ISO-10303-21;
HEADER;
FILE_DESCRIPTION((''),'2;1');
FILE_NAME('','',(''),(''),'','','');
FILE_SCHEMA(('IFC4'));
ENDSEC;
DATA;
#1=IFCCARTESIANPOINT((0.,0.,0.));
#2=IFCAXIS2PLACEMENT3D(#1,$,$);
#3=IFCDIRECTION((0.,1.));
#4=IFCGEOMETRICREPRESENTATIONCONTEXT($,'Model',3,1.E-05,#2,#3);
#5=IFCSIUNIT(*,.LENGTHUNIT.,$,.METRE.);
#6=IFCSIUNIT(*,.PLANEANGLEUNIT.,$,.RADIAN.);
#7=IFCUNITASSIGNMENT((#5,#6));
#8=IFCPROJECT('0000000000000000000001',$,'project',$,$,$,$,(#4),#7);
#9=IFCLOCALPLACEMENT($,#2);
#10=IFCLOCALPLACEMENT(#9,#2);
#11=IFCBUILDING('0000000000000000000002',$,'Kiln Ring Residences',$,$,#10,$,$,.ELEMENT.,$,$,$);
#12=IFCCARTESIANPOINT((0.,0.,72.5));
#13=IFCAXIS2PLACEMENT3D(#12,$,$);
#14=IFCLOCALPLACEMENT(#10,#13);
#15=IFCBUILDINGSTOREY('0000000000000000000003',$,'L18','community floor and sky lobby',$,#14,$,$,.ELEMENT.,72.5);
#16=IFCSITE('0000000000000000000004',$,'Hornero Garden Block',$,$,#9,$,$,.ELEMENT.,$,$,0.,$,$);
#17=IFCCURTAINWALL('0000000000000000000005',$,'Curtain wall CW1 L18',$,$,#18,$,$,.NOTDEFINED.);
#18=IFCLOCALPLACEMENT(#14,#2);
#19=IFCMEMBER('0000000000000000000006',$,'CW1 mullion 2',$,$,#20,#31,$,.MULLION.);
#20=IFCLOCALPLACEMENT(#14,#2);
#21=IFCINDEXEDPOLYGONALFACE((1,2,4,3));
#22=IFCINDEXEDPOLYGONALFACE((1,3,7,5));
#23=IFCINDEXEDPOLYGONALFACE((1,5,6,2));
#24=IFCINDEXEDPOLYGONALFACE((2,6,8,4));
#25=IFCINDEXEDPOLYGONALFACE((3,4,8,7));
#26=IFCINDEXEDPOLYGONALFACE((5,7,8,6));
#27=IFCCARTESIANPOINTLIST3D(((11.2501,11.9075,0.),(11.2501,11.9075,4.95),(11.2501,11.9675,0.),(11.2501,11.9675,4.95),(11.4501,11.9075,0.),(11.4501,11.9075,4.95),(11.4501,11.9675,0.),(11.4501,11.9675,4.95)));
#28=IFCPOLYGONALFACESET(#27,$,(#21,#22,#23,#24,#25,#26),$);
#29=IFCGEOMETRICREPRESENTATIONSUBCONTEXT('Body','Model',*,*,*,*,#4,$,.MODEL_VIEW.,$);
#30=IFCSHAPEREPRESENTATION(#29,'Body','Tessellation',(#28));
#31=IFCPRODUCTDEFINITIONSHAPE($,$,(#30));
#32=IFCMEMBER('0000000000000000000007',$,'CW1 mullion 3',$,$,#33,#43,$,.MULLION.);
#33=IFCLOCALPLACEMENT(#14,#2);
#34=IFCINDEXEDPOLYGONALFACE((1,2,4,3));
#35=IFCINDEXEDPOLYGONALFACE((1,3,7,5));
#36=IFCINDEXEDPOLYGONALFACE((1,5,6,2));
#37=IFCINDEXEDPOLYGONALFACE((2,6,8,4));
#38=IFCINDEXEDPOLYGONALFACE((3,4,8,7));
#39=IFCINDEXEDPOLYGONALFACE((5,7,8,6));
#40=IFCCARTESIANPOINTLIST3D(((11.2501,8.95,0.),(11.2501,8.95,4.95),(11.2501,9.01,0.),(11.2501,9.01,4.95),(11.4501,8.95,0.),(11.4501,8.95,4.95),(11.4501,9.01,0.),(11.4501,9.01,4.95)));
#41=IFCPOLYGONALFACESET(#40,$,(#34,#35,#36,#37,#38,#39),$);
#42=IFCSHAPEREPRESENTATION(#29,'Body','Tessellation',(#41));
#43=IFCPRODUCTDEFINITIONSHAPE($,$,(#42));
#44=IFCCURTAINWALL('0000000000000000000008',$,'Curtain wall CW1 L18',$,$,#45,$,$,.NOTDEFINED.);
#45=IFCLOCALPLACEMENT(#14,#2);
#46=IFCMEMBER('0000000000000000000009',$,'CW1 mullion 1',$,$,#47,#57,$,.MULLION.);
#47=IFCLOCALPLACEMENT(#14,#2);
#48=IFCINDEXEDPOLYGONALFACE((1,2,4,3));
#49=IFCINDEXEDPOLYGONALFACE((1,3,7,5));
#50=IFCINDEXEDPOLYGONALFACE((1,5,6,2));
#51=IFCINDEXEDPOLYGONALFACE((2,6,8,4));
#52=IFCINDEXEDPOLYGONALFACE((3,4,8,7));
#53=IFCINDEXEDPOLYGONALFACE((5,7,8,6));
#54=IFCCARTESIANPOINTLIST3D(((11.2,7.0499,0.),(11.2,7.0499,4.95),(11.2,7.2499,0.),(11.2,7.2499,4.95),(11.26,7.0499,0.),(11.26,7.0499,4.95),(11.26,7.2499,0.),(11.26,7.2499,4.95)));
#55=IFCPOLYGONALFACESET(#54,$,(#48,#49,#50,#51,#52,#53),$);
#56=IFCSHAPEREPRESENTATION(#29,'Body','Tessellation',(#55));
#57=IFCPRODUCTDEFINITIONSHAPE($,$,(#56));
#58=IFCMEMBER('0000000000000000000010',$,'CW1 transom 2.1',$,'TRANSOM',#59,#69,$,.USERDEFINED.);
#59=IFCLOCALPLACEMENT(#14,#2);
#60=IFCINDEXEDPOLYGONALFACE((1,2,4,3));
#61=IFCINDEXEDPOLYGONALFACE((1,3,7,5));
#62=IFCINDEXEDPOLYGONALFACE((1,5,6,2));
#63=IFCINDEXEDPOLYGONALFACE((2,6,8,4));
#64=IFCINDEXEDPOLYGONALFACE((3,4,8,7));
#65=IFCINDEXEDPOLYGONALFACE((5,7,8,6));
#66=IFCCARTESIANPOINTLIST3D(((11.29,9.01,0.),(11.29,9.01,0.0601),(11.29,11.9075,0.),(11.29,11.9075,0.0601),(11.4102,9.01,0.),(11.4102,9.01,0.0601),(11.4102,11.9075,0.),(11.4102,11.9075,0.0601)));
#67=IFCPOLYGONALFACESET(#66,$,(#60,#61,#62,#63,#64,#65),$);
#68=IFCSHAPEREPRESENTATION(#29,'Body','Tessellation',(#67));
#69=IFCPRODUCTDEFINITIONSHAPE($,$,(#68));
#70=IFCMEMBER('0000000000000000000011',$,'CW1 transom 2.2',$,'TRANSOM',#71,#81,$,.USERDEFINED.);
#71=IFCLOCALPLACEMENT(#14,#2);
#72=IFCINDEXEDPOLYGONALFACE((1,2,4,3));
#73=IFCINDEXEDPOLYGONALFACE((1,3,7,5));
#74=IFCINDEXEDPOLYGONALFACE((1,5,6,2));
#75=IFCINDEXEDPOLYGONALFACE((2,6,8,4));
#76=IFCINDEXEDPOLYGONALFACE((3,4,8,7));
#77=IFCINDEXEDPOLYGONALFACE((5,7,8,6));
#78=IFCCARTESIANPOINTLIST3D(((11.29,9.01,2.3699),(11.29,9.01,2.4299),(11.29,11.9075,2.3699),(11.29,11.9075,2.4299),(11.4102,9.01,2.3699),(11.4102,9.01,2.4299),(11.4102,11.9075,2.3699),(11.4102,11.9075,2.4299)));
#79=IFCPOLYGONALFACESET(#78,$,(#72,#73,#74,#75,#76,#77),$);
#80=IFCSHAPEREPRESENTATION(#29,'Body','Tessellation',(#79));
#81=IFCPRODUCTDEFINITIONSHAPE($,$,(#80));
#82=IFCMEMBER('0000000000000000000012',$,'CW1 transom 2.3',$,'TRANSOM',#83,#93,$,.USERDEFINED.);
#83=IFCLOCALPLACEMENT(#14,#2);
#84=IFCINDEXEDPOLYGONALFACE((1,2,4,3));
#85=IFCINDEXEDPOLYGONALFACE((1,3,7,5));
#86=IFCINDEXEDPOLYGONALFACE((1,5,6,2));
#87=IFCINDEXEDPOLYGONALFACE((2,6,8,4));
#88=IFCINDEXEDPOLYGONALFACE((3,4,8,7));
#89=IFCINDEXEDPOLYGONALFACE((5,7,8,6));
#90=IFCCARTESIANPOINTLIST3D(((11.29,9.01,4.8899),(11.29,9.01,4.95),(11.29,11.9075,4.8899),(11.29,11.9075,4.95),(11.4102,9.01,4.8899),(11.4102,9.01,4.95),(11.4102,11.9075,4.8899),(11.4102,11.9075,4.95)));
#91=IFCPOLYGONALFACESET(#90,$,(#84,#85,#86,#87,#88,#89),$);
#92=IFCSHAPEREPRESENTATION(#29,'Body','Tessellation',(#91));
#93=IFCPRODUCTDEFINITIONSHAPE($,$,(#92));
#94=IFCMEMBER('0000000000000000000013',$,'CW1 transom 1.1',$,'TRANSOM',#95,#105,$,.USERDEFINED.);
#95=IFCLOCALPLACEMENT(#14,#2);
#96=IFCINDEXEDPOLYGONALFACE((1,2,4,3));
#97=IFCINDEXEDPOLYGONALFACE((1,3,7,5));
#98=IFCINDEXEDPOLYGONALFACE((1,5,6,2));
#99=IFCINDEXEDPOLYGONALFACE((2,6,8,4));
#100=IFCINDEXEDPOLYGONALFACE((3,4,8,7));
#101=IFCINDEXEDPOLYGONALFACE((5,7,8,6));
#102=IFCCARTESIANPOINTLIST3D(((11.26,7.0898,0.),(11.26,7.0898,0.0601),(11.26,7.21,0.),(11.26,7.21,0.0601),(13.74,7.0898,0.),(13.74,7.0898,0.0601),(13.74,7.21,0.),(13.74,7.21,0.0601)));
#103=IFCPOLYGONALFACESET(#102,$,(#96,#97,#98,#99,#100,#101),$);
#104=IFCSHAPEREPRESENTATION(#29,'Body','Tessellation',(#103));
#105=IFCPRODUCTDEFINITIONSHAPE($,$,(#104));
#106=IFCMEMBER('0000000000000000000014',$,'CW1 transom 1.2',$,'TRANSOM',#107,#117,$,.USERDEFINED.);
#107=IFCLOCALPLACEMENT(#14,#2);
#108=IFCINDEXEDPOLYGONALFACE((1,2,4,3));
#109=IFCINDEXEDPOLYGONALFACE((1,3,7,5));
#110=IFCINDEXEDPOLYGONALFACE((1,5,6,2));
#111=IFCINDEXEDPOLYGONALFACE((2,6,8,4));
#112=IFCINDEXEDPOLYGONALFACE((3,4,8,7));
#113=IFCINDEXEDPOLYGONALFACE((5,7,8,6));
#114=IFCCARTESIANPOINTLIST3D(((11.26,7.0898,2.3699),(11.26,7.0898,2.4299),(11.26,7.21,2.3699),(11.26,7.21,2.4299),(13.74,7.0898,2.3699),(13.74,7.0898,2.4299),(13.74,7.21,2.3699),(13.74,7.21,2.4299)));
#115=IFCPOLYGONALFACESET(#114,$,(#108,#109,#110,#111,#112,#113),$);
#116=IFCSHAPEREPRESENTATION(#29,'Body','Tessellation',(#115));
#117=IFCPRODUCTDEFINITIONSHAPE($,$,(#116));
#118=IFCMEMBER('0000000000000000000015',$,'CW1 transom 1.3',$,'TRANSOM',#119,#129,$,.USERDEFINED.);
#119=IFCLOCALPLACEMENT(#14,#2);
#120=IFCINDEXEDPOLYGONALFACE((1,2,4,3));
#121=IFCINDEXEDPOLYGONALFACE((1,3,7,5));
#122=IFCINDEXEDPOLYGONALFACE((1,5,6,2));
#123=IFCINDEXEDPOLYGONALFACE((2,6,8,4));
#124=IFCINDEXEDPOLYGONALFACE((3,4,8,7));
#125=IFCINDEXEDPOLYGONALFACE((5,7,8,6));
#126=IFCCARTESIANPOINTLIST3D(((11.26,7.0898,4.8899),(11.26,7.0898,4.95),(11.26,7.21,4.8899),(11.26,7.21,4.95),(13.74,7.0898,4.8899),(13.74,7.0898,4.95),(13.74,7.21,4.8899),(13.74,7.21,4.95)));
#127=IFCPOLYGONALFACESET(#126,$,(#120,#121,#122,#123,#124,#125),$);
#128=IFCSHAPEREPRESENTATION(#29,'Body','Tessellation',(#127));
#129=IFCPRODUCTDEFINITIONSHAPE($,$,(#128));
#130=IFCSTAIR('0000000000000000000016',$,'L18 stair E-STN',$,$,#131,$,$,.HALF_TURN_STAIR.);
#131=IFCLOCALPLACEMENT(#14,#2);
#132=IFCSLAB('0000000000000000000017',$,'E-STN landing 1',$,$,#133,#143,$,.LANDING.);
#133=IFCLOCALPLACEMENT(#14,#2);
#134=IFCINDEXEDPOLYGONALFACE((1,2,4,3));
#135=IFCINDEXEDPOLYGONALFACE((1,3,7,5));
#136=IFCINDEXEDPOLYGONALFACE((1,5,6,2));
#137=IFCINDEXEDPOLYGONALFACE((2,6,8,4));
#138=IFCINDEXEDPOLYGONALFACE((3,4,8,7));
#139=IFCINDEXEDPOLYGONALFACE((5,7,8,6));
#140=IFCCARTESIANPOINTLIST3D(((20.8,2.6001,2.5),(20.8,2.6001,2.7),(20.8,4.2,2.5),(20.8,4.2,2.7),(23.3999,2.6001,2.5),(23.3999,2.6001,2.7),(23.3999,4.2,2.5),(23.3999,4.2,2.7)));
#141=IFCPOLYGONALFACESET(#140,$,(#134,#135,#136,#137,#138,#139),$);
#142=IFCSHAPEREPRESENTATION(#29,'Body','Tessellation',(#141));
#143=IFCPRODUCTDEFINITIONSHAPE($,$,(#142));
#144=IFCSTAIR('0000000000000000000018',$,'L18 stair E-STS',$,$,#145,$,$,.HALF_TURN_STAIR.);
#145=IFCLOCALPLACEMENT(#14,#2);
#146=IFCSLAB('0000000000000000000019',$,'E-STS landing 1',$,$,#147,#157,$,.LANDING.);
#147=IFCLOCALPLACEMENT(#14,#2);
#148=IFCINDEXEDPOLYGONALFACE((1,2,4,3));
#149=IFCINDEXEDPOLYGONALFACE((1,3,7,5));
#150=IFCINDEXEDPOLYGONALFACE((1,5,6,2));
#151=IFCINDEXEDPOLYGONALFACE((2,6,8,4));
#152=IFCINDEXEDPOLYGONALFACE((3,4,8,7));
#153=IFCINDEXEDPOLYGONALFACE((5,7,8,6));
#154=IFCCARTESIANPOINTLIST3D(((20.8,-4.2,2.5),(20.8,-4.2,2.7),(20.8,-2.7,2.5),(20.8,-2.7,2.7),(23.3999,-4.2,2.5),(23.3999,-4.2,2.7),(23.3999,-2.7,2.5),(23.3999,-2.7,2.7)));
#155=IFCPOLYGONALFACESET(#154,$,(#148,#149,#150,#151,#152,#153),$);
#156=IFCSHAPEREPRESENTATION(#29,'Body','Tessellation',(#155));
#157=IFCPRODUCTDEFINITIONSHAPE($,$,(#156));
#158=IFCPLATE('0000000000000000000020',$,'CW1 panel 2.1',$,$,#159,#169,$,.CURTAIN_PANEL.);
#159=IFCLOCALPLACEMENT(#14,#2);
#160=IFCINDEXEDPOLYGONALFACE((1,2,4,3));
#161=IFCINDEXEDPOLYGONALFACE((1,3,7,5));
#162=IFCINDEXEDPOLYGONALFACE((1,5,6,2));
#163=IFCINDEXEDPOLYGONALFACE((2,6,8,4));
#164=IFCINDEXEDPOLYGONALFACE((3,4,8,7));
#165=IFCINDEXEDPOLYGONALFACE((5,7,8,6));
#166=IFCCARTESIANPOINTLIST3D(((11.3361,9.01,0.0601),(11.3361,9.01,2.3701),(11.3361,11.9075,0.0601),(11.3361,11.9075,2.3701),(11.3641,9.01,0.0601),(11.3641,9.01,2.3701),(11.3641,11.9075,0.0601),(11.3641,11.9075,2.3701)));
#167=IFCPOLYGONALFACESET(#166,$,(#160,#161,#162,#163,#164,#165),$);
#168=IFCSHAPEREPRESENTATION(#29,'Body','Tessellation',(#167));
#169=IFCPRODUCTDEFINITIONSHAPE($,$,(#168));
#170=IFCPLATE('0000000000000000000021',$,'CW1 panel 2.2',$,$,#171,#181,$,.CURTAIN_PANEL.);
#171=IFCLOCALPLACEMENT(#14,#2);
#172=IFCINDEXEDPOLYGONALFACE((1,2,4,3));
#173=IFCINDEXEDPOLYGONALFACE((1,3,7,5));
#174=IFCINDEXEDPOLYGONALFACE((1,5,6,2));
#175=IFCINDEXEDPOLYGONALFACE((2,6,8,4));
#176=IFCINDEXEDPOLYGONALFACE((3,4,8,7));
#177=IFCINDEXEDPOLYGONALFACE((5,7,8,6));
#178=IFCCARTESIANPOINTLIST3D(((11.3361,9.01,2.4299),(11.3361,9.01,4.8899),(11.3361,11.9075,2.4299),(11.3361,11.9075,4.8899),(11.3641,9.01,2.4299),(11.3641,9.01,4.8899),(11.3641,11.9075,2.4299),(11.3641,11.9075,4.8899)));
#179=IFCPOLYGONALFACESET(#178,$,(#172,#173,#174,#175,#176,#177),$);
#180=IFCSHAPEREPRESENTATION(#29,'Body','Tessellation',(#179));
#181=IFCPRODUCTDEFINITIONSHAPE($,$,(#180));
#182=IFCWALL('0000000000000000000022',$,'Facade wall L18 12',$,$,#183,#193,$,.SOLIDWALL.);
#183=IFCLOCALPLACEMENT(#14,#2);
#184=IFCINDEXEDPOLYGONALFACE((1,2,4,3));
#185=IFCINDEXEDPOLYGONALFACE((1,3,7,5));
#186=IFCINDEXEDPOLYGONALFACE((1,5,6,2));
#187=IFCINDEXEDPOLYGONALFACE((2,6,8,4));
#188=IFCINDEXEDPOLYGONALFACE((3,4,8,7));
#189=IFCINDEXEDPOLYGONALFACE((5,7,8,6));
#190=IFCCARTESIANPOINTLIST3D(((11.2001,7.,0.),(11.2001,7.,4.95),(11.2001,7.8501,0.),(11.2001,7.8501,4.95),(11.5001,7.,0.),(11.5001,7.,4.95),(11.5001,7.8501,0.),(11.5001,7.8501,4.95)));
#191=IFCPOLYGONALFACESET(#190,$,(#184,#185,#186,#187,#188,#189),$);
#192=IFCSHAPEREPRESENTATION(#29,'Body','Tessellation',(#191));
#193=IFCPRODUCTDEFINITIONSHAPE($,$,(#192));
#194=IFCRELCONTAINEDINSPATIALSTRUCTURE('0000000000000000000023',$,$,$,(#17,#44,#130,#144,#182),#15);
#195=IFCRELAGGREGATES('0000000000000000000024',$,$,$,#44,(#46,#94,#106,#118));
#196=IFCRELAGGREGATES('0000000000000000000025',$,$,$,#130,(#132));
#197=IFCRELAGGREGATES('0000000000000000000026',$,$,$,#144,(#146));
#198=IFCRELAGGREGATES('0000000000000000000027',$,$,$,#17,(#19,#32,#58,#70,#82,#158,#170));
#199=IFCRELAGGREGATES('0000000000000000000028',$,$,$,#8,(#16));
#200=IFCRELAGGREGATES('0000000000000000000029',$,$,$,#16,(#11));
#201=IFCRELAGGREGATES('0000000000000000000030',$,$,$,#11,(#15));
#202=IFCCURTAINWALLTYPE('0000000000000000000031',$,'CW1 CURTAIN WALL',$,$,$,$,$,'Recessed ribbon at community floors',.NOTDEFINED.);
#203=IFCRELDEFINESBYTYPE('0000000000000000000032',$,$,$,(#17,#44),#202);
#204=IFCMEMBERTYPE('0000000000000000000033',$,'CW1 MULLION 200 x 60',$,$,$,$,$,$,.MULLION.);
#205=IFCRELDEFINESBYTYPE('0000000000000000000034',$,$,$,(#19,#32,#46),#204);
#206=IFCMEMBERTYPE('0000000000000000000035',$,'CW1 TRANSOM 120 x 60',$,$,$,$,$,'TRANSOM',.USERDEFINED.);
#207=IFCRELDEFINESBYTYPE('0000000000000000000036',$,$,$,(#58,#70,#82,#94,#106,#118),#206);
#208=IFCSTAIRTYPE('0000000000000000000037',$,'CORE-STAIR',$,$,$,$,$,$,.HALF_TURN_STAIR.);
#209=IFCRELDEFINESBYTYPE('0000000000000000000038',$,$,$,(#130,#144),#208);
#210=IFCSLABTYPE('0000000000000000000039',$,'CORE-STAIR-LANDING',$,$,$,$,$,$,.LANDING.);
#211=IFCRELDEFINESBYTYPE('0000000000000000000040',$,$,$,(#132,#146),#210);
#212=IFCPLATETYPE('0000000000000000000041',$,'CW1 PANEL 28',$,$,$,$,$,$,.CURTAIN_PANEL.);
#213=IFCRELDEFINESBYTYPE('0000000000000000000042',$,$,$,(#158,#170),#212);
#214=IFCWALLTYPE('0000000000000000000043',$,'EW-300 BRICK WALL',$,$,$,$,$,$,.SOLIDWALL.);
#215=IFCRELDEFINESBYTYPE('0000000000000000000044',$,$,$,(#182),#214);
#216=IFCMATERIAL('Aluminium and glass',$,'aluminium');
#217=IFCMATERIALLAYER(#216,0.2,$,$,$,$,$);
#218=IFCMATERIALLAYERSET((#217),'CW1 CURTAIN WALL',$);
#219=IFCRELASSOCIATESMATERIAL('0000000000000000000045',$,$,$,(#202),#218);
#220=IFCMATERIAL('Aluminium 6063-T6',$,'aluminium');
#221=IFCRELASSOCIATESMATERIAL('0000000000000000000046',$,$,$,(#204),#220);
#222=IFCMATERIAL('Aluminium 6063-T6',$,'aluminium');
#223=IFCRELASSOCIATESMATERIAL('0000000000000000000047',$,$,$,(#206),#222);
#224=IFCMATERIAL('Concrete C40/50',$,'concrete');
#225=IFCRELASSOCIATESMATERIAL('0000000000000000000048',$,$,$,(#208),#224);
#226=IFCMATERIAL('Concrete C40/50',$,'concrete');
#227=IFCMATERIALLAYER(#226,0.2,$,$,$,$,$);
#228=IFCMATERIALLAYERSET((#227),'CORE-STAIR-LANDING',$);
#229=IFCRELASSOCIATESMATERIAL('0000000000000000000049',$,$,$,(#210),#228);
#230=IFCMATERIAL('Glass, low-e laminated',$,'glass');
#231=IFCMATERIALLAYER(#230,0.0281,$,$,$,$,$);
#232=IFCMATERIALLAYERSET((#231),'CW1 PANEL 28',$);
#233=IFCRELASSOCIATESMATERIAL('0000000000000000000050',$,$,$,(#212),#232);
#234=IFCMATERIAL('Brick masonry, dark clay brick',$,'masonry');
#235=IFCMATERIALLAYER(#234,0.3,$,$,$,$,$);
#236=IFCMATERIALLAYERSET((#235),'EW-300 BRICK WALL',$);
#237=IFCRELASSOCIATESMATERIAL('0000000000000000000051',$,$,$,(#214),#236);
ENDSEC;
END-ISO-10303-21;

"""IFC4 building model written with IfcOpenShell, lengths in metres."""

from ifc_helpers import new_model, si_unit, direction, frame, frame_2d, origin, origin_2d, place, context, subcontext, project, spatial, polyline, rectangle, outline, extrude, material, layer, layer_set, material_profile, profile_set, type_object, element, aggregate, save


model = new_model("IFC4")

# Units and contexts
model_context = context("Model", 3, precision=1e-05, world=origin(), true_north=direction((0.0, 1.0)))
body_context = subcontext(model_context, "Body", "Model", "MODEL_VIEW")
ifc_project = project(units=[si_unit("LENGTHUNIT", "METRE"), si_unit("PLANEANGLEUNIT", "RADIAN")], contexts=[model_context])

# Site, building, storey
site_placement = place(None, origin())
site = spatial("IfcSite", under=ifc_project, at=site_placement, Name="Hornero Garden Block", CompositionType="ELEMENT", RefElevation=0.0)
building_placement = place(site_placement, origin())
building = spatial("IfcBuilding", under=site, at=building_placement, Name="Kiln Ring Residences", CompositionType="ELEMENT")
storey_placement = place(building_placement, frame((0.0, 0.0, 72.5)))
storey = spatial("IfcBuildingStorey", under=building, at=storey_placement, Name="L18", Description="community floor and sky lobby", CompositionType="ELEMENT", Elevation=72.5)

# Curtain wall, members
ifc_material_1 = material(Name="Aluminium and glass", Category="aluminium")
ifc_layer_1 = layer(ifc_material_1, 0.2)
ifc_layer_set_1 = layer_set([ifc_layer_1], Name="CW1 CURTAIN WALL")
curtain_wall_type = type_object("IfcCurtainWallType", Name="CW1 CURTAIN WALL", ElementType="Recessed ribbon at community floors", PredefinedType="NOTDEFINED", material=ifc_layer_set_1)
placement_1 = place(storey_placement, origin())
curtain_wall_1 = element("IfcCurtainWall", 1, at=placement_1, inside=storey, type_object=curtain_wall_type, Name="Curtain wall CW1 L18", PredefinedType="NOTDEFINED")
ifc_material_2 = material(Name="Aluminium 6063-T6", Category="aluminium")
ifc_material_profile_1 = material_profile(ifc_material_2, rectangle(XDim=0.2, YDim=0.0601, at=origin_2d()), Name="AL 200x60")
ifc_profile_set_1 = profile_set([ifc_material_profile_1], Name="Aluminium 6063-T6")
member_type_1 = type_object("IfcMemberType", Name="CW1 MULLION 200 x 60", PredefinedType="MULLION", material=ifc_profile_set_1)
member_1_placement = place(storey_placement, frame((11.3501, 11.9375, 0.0), z_axis=(0.0, 0.0, 1.0), x_axis=(1.0, 0.0, 0.0)))
member_1 = element("IfcMember", 2, at=member_1_placement, type_object=member_type_1, Name="CW1 mullion 2", PredefinedType="MULLION", context=body_context, shape_type="SweptSolid", body=[
    extrude(rectangle(XDim=0.2, YDim=0.0601, at=origin_2d()), origin(), (0.0, 0.0, 1.0), 4.95),
])
member_2_placement = place(storey_placement, frame((11.3501, 8.98, 0.0), z_axis=(0.0, 0.0, 1.0), x_axis=(1.0, 0.0, 0.0)))
member_2 = element("IfcMember", 3, at=member_2_placement, type_object=member_type_1, Name="CW1 mullion 3", PredefinedType="MULLION", context=body_context, shape_type="SweptSolid", body=[
    extrude(rectangle(XDim=0.2, YDim=0.0601, at=origin_2d()), origin(), (0.0, 0.0, 1.0), 4.95),
])

# Curtain wall, member
curtain_wall_2 = element("IfcCurtainWall", 4, at=placement_1, inside=storey, type_object=curtain_wall_type, Name="Curtain wall CW1 L18", PredefinedType="NOTDEFINED")
member_3_placement = place(storey_placement, frame((11.23, 7.1499, 0.0), z_axis=(0.0, 0.0, 1.0), x_axis=(0.0, 1.0, 0.0)))
member_3 = element("IfcMember", 5, at=member_3_placement, type_object=member_type_1, Name="CW1 mullion 1", PredefinedType="MULLION", context=body_context, shape_type="SweptSolid", body=[
    extrude(rectangle(XDim=0.2, YDim=0.0601, at=origin_2d()), origin(), (0.0, 0.0, 1.0), 4.95),
])

# Members
ifc_material_3 = material(Name="Aluminium 6063-T6", Category="aluminium")
ifc_material_profile_2 = material_profile(ifc_material_3, rectangle(XDim=0.1201, YDim=0.0601, at=origin_2d()), Name="AL 120x60")
ifc_profile_set_2 = profile_set([ifc_material_profile_2], Name="Aluminium 6063-T6")
member_type_2 = type_object("IfcMemberType", Name="CW1 TRANSOM 120 x 60", ElementType="TRANSOM", PredefinedType="USERDEFINED", material=ifc_profile_set_2)
member_4_placement = place(storey_placement, frame((11.3501, 11.9075, 0.03), z_axis=(0.0, -1.0, 0.0), x_axis=(1.0, 0.0, 0.0)))
member_4 = element("IfcMember", 6, at=member_4_placement, type_object=member_type_2, Name="CW1 transom 2.1", ObjectType="TRANSOM", PredefinedType="USERDEFINED", context=body_context, shape_type="SweptSolid", body=[
    extrude(rectangle(XDim=0.1201, YDim=0.0601, at=origin_2d()), origin(), (0.0, 0.0, 1.0), 2.8975),
])
member_5_placement = place(storey_placement, frame((11.3501, 11.9075, 2.3999), z_axis=(0.0, -1.0, 0.0), x_axis=(1.0, 0.0, 0.0)))
member_5 = element("IfcMember", 7, at=member_5_placement, type_object=member_type_2, Name="CW1 transom 2.2", ObjectType="TRANSOM", PredefinedType="USERDEFINED", context=body_context, shape_type="SweptSolid", body=[
    extrude(rectangle(XDim=0.1201, YDim=0.0601, at=origin_2d()), origin(), (0.0, 0.0, 1.0), 2.8975),
])
member_6_placement = place(storey_placement, frame((11.3501, 11.9075, 4.9199), z_axis=(0.0, -1.0, 0.0), x_axis=(1.0, 0.0, 0.0)))
member_6 = element("IfcMember", 8, at=member_6_placement, type_object=member_type_2, Name="CW1 transom 2.3", ObjectType="TRANSOM", PredefinedType="USERDEFINED", context=body_context, shape_type="SweptSolid", body=[
    extrude(rectangle(XDim=0.1201, YDim=0.0601, at=origin_2d()), origin(), (0.0, 0.0, 1.0), 2.8975),
])
member_7_placement = place(storey_placement, frame((11.26, 7.1499, 0.03), z_axis=(1.0, 0.0, 0.0), x_axis=(0.0, 1.0, 0.0)))
member_7 = element("IfcMember", 9, at=member_7_placement, type_object=member_type_2, Name="CW1 transom 1.1", ObjectType="TRANSOM", PredefinedType="USERDEFINED", context=body_context, shape_type="SweptSolid", body=[
    extrude(rectangle(XDim=0.1201, YDim=0.0601, at=origin_2d()), origin(), (0.0, 0.0, 1.0), 2.48),
])
member_8_placement = place(storey_placement, frame((11.26, 7.1499, 2.3999), z_axis=(1.0, 0.0, 0.0), x_axis=(0.0, 1.0, 0.0)))
member_8 = element("IfcMember", 10, at=member_8_placement, type_object=member_type_2, Name="CW1 transom 1.2", ObjectType="TRANSOM", PredefinedType="USERDEFINED", context=body_context, shape_type="SweptSolid", body=[
    extrude(rectangle(XDim=0.1201, YDim=0.0601, at=origin_2d()), origin(), (0.0, 0.0, 1.0), 2.48),
])
member_9_placement = place(storey_placement, frame((11.26, 7.1499, 4.9199), z_axis=(1.0, 0.0, 0.0), x_axis=(0.0, 1.0, 0.0)))
member_9 = element("IfcMember", 11, at=member_9_placement, type_object=member_type_2, Name="CW1 transom 1.3", ObjectType="TRANSOM", PredefinedType="USERDEFINED", context=body_context, shape_type="SweptSolid", body=[
    extrude(rectangle(XDim=0.1201, YDim=0.0601, at=origin_2d()), origin(), (0.0, 0.0, 1.0), 2.48),
])
aggregate(curtain_wall_2, [member_3, member_7, member_8, member_9])

# Stairs, slabs
ifc_material_4 = material(Name="Concrete C40/50", Category="concrete")
stair_type = type_object("IfcStairType", Name="CORE-STAIR", PredefinedType="HALF_TURN_STAIR", material=ifc_material_4)
stair_1 = element("IfcStair", 12, at=placement_1, inside=storey, type_object=stair_type, Name="L18 stair E-STN", PredefinedType="HALF_TURN_STAIR")
ifc_material_5 = material(Name="Concrete C40/50", Category="concrete")
ifc_layer_2 = layer(ifc_material_5, 0.2)
ifc_layer_set_2 = layer_set([ifc_layer_2], Name="CORE-STAIR-LANDING")
slab_type = type_object("IfcSlabType", Name="CORE-STAIR-LANDING", PredefinedType="LANDING", material=ifc_layer_set_2)
placement_2 = place(storey_placement, frame((0.0, 0.0, 2.5)))
slab_1 = element("IfcSlab", 13, at=placement_2, type_object=slab_type, Name="E-STN landing 1", PredefinedType="LANDING", context=body_context, shape_type="SweptSolid", body=[
    extrude(outline(polyline([(20.8, 4.2), (20.8, 2.6001), (23.3999, 2.6001), (23.3999, 4.2), (20.8, 4.2)])), origin(), (0.0, 0.0, 1.0), 0.2),
])
aggregate(stair_1, [slab_1])
stair_2 = element("IfcStair", 14, at=placement_1, inside=storey, type_object=stair_type, Name="L18 stair E-STS", PredefinedType="HALF_TURN_STAIR")
slab_2 = element("IfcSlab", 15, at=placement_2, type_object=slab_type, Name="E-STS landing 1", PredefinedType="LANDING", context=body_context, shape_type="SweptSolid", body=[
    extrude(outline(polyline([(23.3999, -4.2), (23.3999, -2.7), (20.8, -2.7), (20.8, -4.2), (23.3999, -4.2)])), origin(), (0.0, 0.0, 1.0), 0.2),
])
aggregate(stair_2, [slab_2])

# Plates
ifc_material_6 = material(Name="Glass, low-e laminated", Category="glass")
ifc_layer_3 = layer(ifc_material_6, 0.0281)
ifc_layer_set_3 = layer_set([ifc_layer_3], Name="CW1 PANEL 28")
plate_type = type_object("IfcPlateType", Name="CW1 PANEL 28", PredefinedType="CURTAIN_PANEL", material=ifc_layer_set_3)
plate_1_placement = place(storey_placement, frame((11.3501, 10.4587, 0.0601), z_axis=(0.0, 0.0, 1.0), x_axis=(0.0, -1.0, 0.0)))
plate_1 = element("IfcPlate", 16, at=plate_1_placement, type_object=plate_type, Name="CW1 panel 2.1", PredefinedType="CURTAIN_PANEL", context=body_context, shape_type="SweptSolid", body=[
    extrude(rectangle(XDim=2.8975, YDim=0.0281, at=origin_2d()), origin(), (0.0, 0.0, 1.0), 2.3101),
])
plate_2_placement = place(storey_placement, frame((11.3501, 10.4587, 2.4299), z_axis=(0.0, 0.0, 1.0), x_axis=(0.0, -1.0, 0.0)))
plate_2 = element("IfcPlate", 17, at=plate_2_placement, type_object=plate_type, Name="CW1 panel 2.2", PredefinedType="CURTAIN_PANEL", context=body_context, shape_type="SweptSolid", body=[
    extrude(rectangle(XDim=2.8975, YDim=0.0281, at=origin_2d()), origin(), (0.0, 0.0, 1.0), 2.46),
])
aggregate(curtain_wall_1, [member_1, member_2, member_4, member_5, member_6, plate_1, plate_2])

# Wall
ifc_material_7 = material(Name="Brick masonry, dark clay brick", Category="masonry")
ifc_layer_4 = layer(ifc_material_7, 0.3)
ifc_layer_set_4 = layer_set([ifc_layer_4], Name="EW-300 BRICK WALL")
wall_type = type_object("IfcWallType", Name="EW-300 BRICK WALL", PredefinedType="SOLIDWALL", material=ifc_layer_set_4)
wall_1_placement = place(storey_placement, frame((11.3501, 7.8501, 0.0), z_axis=(0.0, 0.0, 1.0), x_axis=(0.0, -1.0, 0.0)))
element("IfcWall", 18, at=wall_1_placement, inside=storey, type_object=wall_type, Name="Facade wall L18 12", PredefinedType="SOLIDWALL", context=body_context, shape_type="SweptSolid", body=[
    extrude(rectangle(XDim=0.8501, YDim=0.3, at=frame_2d((0.425, 0.0))), origin(), (0.0, 0.0, 1.0), 4.95),
])

save(model, "model.ifc")
